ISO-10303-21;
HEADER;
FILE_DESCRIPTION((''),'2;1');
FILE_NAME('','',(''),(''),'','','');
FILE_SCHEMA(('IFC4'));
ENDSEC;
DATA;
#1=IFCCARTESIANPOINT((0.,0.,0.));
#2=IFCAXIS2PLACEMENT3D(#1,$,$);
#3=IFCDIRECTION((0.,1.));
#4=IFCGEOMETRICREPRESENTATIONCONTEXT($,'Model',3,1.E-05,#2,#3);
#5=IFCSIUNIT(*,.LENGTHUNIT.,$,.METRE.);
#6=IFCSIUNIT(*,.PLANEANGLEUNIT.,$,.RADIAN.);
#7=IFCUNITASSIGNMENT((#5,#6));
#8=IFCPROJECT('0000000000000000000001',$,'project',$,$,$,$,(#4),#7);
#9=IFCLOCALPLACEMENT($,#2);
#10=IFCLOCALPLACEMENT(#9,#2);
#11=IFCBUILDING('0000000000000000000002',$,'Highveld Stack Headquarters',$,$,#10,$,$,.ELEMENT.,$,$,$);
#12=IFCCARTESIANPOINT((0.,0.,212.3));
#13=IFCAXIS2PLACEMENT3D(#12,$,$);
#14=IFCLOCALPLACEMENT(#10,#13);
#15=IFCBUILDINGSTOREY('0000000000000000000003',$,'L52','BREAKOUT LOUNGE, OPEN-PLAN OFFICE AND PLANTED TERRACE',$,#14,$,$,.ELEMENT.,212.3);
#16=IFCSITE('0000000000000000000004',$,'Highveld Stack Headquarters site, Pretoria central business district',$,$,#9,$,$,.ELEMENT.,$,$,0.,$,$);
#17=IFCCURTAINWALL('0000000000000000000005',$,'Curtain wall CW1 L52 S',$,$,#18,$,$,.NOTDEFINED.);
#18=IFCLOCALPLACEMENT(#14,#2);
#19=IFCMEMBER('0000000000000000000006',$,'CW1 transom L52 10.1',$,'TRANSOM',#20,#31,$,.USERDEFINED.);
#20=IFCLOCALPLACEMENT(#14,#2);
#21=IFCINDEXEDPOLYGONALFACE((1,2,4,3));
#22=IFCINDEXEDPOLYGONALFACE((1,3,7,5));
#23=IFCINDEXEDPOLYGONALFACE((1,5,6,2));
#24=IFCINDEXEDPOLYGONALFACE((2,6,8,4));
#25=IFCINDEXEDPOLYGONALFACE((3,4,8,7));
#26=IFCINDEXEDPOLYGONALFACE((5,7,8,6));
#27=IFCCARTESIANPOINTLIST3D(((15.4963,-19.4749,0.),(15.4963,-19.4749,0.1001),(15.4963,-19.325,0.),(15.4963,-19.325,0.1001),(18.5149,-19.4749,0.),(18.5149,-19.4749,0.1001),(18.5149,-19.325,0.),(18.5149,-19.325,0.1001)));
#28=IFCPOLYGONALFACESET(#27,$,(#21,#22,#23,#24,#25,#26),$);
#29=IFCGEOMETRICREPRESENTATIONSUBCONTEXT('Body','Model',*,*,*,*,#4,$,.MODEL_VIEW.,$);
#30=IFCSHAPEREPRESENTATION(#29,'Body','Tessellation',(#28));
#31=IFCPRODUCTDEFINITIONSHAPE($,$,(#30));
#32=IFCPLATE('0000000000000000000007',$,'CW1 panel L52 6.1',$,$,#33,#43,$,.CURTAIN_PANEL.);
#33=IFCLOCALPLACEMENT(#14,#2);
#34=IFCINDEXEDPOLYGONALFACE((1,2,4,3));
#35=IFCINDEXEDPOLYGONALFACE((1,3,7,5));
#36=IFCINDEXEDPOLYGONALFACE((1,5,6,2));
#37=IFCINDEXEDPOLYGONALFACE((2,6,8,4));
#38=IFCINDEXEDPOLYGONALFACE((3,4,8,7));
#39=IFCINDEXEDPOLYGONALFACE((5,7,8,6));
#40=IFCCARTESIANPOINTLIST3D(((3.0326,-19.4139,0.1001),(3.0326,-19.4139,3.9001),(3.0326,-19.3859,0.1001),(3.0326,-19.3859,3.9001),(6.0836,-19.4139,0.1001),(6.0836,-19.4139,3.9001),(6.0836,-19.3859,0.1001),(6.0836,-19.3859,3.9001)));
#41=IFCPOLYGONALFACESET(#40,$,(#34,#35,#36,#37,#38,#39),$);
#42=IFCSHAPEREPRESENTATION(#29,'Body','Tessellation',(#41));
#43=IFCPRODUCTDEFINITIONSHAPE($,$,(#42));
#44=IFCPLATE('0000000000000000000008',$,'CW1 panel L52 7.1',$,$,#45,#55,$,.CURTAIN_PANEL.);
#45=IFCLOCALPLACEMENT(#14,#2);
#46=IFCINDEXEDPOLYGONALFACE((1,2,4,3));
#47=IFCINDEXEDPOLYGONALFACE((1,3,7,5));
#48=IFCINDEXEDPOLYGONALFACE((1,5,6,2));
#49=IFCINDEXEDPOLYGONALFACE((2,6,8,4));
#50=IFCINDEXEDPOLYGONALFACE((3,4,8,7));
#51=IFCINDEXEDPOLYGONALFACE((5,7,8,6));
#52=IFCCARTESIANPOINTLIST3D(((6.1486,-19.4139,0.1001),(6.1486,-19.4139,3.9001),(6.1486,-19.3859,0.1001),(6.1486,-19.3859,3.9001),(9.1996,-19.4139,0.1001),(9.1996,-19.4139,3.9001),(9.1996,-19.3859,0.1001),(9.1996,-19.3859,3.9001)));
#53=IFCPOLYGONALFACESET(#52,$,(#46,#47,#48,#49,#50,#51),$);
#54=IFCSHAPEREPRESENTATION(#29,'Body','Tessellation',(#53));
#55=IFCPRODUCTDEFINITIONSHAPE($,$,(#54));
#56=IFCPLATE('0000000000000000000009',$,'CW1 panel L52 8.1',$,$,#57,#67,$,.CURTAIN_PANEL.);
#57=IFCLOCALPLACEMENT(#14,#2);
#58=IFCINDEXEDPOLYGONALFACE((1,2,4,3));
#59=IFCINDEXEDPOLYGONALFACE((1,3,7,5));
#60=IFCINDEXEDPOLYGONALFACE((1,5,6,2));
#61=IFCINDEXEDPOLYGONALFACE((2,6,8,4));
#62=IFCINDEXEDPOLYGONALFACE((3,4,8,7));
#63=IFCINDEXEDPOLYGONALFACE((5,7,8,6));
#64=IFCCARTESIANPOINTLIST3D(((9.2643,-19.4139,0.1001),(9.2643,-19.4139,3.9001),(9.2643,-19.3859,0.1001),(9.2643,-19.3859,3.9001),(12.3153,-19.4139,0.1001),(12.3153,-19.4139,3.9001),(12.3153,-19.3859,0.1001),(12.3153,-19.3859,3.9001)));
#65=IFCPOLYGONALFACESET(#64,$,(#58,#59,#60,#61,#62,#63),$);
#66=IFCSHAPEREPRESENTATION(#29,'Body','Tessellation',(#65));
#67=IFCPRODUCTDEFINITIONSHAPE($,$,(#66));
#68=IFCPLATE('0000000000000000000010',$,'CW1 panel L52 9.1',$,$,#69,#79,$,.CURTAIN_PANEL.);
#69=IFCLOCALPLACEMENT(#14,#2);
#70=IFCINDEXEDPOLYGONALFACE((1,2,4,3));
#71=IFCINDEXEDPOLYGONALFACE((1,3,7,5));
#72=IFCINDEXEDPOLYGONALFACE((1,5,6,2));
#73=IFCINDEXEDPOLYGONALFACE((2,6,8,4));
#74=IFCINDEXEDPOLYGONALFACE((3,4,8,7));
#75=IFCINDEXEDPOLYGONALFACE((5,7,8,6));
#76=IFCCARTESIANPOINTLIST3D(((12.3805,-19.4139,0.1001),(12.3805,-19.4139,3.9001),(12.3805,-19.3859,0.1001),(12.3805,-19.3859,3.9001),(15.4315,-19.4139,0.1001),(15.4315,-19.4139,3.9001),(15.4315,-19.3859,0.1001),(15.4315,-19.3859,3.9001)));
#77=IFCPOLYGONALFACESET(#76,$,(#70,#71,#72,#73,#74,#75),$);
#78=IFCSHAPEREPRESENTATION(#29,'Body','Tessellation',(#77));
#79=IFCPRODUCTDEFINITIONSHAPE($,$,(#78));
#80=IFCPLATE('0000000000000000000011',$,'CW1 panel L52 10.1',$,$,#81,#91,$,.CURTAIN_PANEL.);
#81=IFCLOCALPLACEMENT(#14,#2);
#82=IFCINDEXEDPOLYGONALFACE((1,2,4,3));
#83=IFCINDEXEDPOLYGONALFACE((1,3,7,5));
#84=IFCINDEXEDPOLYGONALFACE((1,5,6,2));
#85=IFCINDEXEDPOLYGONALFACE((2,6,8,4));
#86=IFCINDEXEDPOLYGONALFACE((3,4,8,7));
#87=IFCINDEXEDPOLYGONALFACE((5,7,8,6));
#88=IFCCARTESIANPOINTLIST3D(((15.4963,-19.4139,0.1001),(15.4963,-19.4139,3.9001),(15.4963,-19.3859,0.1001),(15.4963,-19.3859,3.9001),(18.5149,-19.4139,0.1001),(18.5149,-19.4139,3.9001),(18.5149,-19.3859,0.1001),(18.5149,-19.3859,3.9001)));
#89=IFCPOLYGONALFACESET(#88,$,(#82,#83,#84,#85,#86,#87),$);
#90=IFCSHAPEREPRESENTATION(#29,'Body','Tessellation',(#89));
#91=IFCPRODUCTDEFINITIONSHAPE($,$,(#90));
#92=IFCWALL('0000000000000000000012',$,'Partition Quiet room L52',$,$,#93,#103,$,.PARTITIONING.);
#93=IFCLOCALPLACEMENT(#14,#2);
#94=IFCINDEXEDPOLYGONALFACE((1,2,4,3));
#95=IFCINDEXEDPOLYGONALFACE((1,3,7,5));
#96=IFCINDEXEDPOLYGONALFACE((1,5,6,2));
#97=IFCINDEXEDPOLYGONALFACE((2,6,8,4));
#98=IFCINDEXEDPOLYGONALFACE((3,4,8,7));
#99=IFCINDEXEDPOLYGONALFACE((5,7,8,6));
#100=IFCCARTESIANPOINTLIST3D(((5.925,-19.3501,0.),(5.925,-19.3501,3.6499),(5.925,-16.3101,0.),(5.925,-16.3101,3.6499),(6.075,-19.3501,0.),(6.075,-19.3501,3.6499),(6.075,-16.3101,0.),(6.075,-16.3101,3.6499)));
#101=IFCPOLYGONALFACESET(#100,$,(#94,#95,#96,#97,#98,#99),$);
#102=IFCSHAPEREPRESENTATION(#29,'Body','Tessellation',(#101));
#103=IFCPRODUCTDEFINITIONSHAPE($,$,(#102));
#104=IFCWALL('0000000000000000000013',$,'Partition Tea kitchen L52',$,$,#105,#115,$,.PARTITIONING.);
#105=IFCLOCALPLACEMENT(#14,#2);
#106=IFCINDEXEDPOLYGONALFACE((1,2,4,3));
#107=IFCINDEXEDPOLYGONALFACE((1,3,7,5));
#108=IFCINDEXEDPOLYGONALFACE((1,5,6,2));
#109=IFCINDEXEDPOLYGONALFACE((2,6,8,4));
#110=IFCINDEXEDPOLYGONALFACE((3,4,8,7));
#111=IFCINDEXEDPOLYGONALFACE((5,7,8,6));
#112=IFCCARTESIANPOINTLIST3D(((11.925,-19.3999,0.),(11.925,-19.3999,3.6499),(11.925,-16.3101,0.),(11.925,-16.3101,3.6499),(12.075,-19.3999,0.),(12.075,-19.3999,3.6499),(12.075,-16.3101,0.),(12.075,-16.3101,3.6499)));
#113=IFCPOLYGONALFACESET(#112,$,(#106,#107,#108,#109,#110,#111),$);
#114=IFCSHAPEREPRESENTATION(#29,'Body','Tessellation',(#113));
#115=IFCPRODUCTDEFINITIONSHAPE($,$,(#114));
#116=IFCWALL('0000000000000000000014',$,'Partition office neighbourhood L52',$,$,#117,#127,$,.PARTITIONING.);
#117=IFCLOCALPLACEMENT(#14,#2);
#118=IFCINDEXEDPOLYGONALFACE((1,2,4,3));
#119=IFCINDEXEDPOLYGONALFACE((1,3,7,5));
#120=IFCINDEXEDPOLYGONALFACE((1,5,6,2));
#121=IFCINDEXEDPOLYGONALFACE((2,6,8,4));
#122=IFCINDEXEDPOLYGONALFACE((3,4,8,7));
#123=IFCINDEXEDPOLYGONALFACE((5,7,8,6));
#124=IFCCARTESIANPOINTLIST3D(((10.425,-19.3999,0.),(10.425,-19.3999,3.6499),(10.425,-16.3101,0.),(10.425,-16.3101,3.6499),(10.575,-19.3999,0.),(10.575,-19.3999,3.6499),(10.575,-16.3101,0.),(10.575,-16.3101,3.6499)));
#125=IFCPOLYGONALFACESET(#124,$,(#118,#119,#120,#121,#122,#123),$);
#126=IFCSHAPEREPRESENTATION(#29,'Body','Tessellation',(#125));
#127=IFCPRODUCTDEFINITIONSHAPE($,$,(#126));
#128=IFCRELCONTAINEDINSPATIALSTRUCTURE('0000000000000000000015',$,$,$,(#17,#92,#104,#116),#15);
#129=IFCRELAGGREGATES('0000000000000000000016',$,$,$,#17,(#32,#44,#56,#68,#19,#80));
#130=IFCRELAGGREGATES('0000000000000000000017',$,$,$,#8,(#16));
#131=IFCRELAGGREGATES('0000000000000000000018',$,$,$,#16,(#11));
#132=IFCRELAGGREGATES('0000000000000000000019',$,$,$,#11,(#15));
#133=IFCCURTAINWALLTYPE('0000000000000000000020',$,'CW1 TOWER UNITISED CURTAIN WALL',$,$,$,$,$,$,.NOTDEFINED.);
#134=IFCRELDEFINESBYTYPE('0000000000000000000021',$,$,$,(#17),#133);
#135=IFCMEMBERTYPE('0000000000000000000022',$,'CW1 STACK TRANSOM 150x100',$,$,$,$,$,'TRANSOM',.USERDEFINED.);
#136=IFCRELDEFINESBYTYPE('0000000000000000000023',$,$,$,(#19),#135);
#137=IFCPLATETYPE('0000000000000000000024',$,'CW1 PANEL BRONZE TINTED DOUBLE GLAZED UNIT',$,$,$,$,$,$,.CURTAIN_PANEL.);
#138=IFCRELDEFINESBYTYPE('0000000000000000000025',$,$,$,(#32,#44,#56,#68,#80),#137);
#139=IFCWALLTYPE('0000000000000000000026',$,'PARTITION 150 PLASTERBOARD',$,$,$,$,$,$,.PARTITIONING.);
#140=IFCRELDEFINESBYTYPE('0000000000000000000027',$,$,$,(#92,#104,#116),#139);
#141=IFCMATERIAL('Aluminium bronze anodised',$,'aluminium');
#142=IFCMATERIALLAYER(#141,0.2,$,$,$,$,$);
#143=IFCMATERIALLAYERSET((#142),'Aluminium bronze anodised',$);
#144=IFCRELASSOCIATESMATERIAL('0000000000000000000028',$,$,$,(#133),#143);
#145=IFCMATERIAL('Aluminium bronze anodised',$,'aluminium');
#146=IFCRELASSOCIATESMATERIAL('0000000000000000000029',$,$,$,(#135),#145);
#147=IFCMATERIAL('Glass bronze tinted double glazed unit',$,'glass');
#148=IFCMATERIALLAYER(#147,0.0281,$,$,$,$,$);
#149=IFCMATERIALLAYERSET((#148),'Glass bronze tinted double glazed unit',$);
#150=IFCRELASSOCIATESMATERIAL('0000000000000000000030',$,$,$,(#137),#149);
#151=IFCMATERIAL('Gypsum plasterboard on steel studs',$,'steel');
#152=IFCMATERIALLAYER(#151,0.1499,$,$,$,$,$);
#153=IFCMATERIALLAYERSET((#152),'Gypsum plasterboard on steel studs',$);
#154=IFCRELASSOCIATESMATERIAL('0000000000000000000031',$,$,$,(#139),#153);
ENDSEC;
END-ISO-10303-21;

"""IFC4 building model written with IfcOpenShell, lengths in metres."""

from ifc_helpers import new_model, si_unit, direction, frame, frame_2d, origin, origin_2d, place, context, subcontext, project, spatial, rectangle, extrude, material, layer, layer_set, material_profile, profile_set, type_object, element, aggregate, save


model = new_model("IFC4")

# Units and contexts
model_context = context("Model", 3, precision=1e-05, world=origin(), true_north=direction((0.0, 1.0)))
body_context = subcontext(model_context, "Body", "Model", "MODEL_VIEW")
ifc_project = project(units=[si_unit("LENGTHUNIT", "METRE"), si_unit("PLANEANGLEUNIT", "RADIAN")], contexts=[model_context])

# Site, building, storey
site_placement = place(None, origin())
site = spatial("IfcSite", under=ifc_project, at=site_placement, Name="Highveld Stack Headquarters site, Pretoria central business district", CompositionType="ELEMENT", RefElevation=0.0)
building_placement = place(site_placement, origin())
building = spatial("IfcBuilding", under=site, at=building_placement, Name="Highveld Stack Headquarters", CompositionType="ELEMENT")
storey_placement = place(building_placement, frame((0.0, 0.0, 212.3)))
storey = spatial("IfcBuildingStorey", under=building, at=storey_placement, Name="L52", Description="BREAKOUT LOUNGE, OPEN-PLAN OFFICE AND PLANTED TERRACE", CompositionType="ELEMENT", Elevation=212.3)

# Curtain wall, member, plates
ifc_material_1 = material(Name="Aluminium bronze anodised", Category="aluminium")
ifc_layer_1 = layer(ifc_material_1, 0.2)
ifc_layer_set_1 = layer_set([ifc_layer_1], Name="Aluminium bronze anodised")
curtain_wall_type = type_object("IfcCurtainWallType", Name="CW1 TOWER UNITISED CURTAIN WALL", PredefinedType="NOTDEFINED", material=ifc_layer_set_1)
curtain_wall_placement = place(storey_placement, origin())
curtain_wall = element("IfcCurtainWall", 1, at=curtain_wall_placement, inside=storey, type_object=curtain_wall_type, Name="Curtain wall CW1 L52 S", PredefinedType="NOTDEFINED")
ifc_material_2 = material(Name="Aluminium bronze anodised", Category="aluminium")
ifc_material_profile_1 = material_profile(ifc_material_2, rectangle(XDim=0.1499, YDim=0.1001, at=origin_2d()), Name="CW1 TRANSOM 150x100")
ifc_profile_set_1 = profile_set([ifc_material_profile_1], Name="Aluminium bronze anodised")
member_type_1 = type_object("IfcMemberType", Name="CW1 STACK TRANSOM 150x100", ElementType="TRANSOM", PredefinedType="USERDEFINED", material=ifc_profile_set_1)
member_1_placement = place(storey_placement, frame((15.4963, -19.3999, 0.05), z_axis=(1.0, 0.0, 0.0), x_axis=(0.0, 1.0, 0.0)))
member_1 = element("IfcMember", 2, at=member_1_placement, type_object=member_type_1, Name="CW1 transom L52 10.1", ObjectType="TRANSOM", PredefinedType="USERDEFINED", context=body_context, shape_type="SweptSolid", body=[
    extrude(rectangle(XDim=0.1499, YDim=0.1001, at=origin_2d()), origin(), (0.0, 0.0, 1.0), 3.0186),
])
ifc_material_3 = material(Name="Glass bronze tinted double glazed unit", Category="glass")
ifc_layer_2 = layer(ifc_material_3, 0.0281)
ifc_layer_set_2 = layer_set([ifc_layer_2], Name="Glass bronze tinted double glazed unit")
plate_type = type_object("IfcPlateType", Name="CW1 PANEL BRONZE TINTED DOUBLE GLAZED UNIT", PredefinedType="CURTAIN_PANEL", material=ifc_layer_set_2)
plate_1_placement = place(storey_placement, frame((4.5581, -19.3999, 0.1001), z_axis=(0.0, 0.0, 1.0), x_axis=(1.0, 0.0, 0.0)))
plate_1 = element("IfcPlate", 3, at=plate_1_placement, type_object=plate_type, Name="CW1 panel L52 6.1", PredefinedType="CURTAIN_PANEL", context=body_context, shape_type="SweptSolid", body=[
    extrude(rectangle(XDim=3.051, YDim=0.0281, at=origin_2d()), origin(), (0.0, 0.0, 1.0), 3.8),
])
plate_2_placement = place(storey_placement, frame((7.6741, -19.3999, 0.1001), z_axis=(0.0, 0.0, 1.0), x_axis=(1.0, 0.0, 0.0)))
plate_2 = element("IfcPlate", 4, at=plate_2_placement, type_object=plate_type, Name="CW1 panel L52 7.1", PredefinedType="CURTAIN_PANEL", context=body_context, shape_type="SweptSolid", body=[
    extrude(rectangle(XDim=3.051, YDim=0.0281, at=origin_2d()), origin(), (0.0, 0.0, 1.0), 3.8),
])
plate_3_placement = place(storey_placement, frame((10.7898, -19.3999, 0.1001), z_axis=(0.0, 0.0, 1.0), x_axis=(1.0, 0.0, 0.0)))
plate_3 = element("IfcPlate", 5, at=plate_3_placement, type_object=plate_type, Name="CW1 panel L52 8.1", PredefinedType="CURTAIN_PANEL", context=body_context, shape_type="SweptSolid", body=[
    extrude(rectangle(XDim=3.051, YDim=0.0281, at=origin_2d()), origin(), (0.0, 0.0, 1.0), 3.8),
])
plate_4_placement = place(storey_placement, frame((13.906, -19.3999, 0.1001), z_axis=(0.0, 0.0, 1.0), x_axis=(1.0, 0.0, 0.0)))
plate_4 = element("IfcPlate", 6, at=plate_4_placement, type_object=plate_type, Name="CW1 panel L52 9.1", PredefinedType="CURTAIN_PANEL", context=body_context, shape_type="SweptSolid", body=[
    extrude(rectangle(XDim=3.051, YDim=0.0281, at=origin_2d()), origin(), (0.0, 0.0, 1.0), 3.8),
])
plate_5_placement = place(storey_placement, frame((17.0056, -19.3999, 0.1001), z_axis=(0.0, 0.0, 1.0), x_axis=(1.0, 0.0, 0.0)))
plate_5 = element("IfcPlate", 7, at=plate_5_placement, type_object=plate_type, Name="CW1 panel L52 10.1", PredefinedType="CURTAIN_PANEL", context=body_context, shape_type="SweptSolid", body=[
    extrude(rectangle(XDim=3.0186, YDim=0.0281, at=origin_2d()), origin(), (0.0, 0.0, 1.0), 3.8),
])
aggregate(curtain_wall, [plate_1, plate_2, plate_3, plate_4, member_1, plate_5])

# Walls
ifc_material_4 = material(Name="Gypsum plasterboard on steel studs", Category="steel")
ifc_layer_3 = layer(ifc_material_4, 0.1499)
ifc_layer_set_3 = layer_set([ifc_layer_3], Name="Gypsum plasterboard on steel studs")
wall_type = type_object("IfcWallType", Name="PARTITION 150 PLASTERBOARD", PredefinedType="PARTITIONING", material=ifc_layer_set_3)
wall_placement = place(storey_placement, frame((6.0, -19.3501, 0.0), z_axis=(0.0, 0.0, 1.0), x_axis=(0.0, 1.0, 0.0)))
element("IfcWall", 8, at=wall_placement, inside=storey, type_object=wall_type, Name="Partition Quiet room L52", PredefinedType="PARTITIONING", context=body_context, shape_type="SweptSolid", body=[
    extrude(rectangle(XDim=3.04, YDim=0.1499, at=frame_2d((1.52, 0.0))), origin(), (0.0, 0.0, 1.0), 3.6499),
])
for number, where, z_axis, x_axis, name in (
    (9, (12.0, -19.3999, 0.0), (0.0, 0.0, 1.0), (0.0, 1.0, 0.0), "Partition Tea kitchen L52"),
    (10, (10.5, -19.3999, 0.0), (0.0, 0.0, 1.0), (0.0, 1.0, 0.0), "Partition office neighbourhood L52"),
):
    element("IfcWall", number, at=place(storey_placement, frame(where, z_axis=z_axis, x_axis=x_axis)), inside=storey, type_object=wall_type, Name=name, PredefinedType="PARTITIONING", context=body_context, shape_type="SweptSolid", body=[
        extrude(rectangle(XDim=3.0898, YDim=0.1499, at=frame_2d((1.5449, 0.0))), origin(), (0.0, 0.0, 1.0), 3.6499),
    ])

save(model, "model.ifc")
